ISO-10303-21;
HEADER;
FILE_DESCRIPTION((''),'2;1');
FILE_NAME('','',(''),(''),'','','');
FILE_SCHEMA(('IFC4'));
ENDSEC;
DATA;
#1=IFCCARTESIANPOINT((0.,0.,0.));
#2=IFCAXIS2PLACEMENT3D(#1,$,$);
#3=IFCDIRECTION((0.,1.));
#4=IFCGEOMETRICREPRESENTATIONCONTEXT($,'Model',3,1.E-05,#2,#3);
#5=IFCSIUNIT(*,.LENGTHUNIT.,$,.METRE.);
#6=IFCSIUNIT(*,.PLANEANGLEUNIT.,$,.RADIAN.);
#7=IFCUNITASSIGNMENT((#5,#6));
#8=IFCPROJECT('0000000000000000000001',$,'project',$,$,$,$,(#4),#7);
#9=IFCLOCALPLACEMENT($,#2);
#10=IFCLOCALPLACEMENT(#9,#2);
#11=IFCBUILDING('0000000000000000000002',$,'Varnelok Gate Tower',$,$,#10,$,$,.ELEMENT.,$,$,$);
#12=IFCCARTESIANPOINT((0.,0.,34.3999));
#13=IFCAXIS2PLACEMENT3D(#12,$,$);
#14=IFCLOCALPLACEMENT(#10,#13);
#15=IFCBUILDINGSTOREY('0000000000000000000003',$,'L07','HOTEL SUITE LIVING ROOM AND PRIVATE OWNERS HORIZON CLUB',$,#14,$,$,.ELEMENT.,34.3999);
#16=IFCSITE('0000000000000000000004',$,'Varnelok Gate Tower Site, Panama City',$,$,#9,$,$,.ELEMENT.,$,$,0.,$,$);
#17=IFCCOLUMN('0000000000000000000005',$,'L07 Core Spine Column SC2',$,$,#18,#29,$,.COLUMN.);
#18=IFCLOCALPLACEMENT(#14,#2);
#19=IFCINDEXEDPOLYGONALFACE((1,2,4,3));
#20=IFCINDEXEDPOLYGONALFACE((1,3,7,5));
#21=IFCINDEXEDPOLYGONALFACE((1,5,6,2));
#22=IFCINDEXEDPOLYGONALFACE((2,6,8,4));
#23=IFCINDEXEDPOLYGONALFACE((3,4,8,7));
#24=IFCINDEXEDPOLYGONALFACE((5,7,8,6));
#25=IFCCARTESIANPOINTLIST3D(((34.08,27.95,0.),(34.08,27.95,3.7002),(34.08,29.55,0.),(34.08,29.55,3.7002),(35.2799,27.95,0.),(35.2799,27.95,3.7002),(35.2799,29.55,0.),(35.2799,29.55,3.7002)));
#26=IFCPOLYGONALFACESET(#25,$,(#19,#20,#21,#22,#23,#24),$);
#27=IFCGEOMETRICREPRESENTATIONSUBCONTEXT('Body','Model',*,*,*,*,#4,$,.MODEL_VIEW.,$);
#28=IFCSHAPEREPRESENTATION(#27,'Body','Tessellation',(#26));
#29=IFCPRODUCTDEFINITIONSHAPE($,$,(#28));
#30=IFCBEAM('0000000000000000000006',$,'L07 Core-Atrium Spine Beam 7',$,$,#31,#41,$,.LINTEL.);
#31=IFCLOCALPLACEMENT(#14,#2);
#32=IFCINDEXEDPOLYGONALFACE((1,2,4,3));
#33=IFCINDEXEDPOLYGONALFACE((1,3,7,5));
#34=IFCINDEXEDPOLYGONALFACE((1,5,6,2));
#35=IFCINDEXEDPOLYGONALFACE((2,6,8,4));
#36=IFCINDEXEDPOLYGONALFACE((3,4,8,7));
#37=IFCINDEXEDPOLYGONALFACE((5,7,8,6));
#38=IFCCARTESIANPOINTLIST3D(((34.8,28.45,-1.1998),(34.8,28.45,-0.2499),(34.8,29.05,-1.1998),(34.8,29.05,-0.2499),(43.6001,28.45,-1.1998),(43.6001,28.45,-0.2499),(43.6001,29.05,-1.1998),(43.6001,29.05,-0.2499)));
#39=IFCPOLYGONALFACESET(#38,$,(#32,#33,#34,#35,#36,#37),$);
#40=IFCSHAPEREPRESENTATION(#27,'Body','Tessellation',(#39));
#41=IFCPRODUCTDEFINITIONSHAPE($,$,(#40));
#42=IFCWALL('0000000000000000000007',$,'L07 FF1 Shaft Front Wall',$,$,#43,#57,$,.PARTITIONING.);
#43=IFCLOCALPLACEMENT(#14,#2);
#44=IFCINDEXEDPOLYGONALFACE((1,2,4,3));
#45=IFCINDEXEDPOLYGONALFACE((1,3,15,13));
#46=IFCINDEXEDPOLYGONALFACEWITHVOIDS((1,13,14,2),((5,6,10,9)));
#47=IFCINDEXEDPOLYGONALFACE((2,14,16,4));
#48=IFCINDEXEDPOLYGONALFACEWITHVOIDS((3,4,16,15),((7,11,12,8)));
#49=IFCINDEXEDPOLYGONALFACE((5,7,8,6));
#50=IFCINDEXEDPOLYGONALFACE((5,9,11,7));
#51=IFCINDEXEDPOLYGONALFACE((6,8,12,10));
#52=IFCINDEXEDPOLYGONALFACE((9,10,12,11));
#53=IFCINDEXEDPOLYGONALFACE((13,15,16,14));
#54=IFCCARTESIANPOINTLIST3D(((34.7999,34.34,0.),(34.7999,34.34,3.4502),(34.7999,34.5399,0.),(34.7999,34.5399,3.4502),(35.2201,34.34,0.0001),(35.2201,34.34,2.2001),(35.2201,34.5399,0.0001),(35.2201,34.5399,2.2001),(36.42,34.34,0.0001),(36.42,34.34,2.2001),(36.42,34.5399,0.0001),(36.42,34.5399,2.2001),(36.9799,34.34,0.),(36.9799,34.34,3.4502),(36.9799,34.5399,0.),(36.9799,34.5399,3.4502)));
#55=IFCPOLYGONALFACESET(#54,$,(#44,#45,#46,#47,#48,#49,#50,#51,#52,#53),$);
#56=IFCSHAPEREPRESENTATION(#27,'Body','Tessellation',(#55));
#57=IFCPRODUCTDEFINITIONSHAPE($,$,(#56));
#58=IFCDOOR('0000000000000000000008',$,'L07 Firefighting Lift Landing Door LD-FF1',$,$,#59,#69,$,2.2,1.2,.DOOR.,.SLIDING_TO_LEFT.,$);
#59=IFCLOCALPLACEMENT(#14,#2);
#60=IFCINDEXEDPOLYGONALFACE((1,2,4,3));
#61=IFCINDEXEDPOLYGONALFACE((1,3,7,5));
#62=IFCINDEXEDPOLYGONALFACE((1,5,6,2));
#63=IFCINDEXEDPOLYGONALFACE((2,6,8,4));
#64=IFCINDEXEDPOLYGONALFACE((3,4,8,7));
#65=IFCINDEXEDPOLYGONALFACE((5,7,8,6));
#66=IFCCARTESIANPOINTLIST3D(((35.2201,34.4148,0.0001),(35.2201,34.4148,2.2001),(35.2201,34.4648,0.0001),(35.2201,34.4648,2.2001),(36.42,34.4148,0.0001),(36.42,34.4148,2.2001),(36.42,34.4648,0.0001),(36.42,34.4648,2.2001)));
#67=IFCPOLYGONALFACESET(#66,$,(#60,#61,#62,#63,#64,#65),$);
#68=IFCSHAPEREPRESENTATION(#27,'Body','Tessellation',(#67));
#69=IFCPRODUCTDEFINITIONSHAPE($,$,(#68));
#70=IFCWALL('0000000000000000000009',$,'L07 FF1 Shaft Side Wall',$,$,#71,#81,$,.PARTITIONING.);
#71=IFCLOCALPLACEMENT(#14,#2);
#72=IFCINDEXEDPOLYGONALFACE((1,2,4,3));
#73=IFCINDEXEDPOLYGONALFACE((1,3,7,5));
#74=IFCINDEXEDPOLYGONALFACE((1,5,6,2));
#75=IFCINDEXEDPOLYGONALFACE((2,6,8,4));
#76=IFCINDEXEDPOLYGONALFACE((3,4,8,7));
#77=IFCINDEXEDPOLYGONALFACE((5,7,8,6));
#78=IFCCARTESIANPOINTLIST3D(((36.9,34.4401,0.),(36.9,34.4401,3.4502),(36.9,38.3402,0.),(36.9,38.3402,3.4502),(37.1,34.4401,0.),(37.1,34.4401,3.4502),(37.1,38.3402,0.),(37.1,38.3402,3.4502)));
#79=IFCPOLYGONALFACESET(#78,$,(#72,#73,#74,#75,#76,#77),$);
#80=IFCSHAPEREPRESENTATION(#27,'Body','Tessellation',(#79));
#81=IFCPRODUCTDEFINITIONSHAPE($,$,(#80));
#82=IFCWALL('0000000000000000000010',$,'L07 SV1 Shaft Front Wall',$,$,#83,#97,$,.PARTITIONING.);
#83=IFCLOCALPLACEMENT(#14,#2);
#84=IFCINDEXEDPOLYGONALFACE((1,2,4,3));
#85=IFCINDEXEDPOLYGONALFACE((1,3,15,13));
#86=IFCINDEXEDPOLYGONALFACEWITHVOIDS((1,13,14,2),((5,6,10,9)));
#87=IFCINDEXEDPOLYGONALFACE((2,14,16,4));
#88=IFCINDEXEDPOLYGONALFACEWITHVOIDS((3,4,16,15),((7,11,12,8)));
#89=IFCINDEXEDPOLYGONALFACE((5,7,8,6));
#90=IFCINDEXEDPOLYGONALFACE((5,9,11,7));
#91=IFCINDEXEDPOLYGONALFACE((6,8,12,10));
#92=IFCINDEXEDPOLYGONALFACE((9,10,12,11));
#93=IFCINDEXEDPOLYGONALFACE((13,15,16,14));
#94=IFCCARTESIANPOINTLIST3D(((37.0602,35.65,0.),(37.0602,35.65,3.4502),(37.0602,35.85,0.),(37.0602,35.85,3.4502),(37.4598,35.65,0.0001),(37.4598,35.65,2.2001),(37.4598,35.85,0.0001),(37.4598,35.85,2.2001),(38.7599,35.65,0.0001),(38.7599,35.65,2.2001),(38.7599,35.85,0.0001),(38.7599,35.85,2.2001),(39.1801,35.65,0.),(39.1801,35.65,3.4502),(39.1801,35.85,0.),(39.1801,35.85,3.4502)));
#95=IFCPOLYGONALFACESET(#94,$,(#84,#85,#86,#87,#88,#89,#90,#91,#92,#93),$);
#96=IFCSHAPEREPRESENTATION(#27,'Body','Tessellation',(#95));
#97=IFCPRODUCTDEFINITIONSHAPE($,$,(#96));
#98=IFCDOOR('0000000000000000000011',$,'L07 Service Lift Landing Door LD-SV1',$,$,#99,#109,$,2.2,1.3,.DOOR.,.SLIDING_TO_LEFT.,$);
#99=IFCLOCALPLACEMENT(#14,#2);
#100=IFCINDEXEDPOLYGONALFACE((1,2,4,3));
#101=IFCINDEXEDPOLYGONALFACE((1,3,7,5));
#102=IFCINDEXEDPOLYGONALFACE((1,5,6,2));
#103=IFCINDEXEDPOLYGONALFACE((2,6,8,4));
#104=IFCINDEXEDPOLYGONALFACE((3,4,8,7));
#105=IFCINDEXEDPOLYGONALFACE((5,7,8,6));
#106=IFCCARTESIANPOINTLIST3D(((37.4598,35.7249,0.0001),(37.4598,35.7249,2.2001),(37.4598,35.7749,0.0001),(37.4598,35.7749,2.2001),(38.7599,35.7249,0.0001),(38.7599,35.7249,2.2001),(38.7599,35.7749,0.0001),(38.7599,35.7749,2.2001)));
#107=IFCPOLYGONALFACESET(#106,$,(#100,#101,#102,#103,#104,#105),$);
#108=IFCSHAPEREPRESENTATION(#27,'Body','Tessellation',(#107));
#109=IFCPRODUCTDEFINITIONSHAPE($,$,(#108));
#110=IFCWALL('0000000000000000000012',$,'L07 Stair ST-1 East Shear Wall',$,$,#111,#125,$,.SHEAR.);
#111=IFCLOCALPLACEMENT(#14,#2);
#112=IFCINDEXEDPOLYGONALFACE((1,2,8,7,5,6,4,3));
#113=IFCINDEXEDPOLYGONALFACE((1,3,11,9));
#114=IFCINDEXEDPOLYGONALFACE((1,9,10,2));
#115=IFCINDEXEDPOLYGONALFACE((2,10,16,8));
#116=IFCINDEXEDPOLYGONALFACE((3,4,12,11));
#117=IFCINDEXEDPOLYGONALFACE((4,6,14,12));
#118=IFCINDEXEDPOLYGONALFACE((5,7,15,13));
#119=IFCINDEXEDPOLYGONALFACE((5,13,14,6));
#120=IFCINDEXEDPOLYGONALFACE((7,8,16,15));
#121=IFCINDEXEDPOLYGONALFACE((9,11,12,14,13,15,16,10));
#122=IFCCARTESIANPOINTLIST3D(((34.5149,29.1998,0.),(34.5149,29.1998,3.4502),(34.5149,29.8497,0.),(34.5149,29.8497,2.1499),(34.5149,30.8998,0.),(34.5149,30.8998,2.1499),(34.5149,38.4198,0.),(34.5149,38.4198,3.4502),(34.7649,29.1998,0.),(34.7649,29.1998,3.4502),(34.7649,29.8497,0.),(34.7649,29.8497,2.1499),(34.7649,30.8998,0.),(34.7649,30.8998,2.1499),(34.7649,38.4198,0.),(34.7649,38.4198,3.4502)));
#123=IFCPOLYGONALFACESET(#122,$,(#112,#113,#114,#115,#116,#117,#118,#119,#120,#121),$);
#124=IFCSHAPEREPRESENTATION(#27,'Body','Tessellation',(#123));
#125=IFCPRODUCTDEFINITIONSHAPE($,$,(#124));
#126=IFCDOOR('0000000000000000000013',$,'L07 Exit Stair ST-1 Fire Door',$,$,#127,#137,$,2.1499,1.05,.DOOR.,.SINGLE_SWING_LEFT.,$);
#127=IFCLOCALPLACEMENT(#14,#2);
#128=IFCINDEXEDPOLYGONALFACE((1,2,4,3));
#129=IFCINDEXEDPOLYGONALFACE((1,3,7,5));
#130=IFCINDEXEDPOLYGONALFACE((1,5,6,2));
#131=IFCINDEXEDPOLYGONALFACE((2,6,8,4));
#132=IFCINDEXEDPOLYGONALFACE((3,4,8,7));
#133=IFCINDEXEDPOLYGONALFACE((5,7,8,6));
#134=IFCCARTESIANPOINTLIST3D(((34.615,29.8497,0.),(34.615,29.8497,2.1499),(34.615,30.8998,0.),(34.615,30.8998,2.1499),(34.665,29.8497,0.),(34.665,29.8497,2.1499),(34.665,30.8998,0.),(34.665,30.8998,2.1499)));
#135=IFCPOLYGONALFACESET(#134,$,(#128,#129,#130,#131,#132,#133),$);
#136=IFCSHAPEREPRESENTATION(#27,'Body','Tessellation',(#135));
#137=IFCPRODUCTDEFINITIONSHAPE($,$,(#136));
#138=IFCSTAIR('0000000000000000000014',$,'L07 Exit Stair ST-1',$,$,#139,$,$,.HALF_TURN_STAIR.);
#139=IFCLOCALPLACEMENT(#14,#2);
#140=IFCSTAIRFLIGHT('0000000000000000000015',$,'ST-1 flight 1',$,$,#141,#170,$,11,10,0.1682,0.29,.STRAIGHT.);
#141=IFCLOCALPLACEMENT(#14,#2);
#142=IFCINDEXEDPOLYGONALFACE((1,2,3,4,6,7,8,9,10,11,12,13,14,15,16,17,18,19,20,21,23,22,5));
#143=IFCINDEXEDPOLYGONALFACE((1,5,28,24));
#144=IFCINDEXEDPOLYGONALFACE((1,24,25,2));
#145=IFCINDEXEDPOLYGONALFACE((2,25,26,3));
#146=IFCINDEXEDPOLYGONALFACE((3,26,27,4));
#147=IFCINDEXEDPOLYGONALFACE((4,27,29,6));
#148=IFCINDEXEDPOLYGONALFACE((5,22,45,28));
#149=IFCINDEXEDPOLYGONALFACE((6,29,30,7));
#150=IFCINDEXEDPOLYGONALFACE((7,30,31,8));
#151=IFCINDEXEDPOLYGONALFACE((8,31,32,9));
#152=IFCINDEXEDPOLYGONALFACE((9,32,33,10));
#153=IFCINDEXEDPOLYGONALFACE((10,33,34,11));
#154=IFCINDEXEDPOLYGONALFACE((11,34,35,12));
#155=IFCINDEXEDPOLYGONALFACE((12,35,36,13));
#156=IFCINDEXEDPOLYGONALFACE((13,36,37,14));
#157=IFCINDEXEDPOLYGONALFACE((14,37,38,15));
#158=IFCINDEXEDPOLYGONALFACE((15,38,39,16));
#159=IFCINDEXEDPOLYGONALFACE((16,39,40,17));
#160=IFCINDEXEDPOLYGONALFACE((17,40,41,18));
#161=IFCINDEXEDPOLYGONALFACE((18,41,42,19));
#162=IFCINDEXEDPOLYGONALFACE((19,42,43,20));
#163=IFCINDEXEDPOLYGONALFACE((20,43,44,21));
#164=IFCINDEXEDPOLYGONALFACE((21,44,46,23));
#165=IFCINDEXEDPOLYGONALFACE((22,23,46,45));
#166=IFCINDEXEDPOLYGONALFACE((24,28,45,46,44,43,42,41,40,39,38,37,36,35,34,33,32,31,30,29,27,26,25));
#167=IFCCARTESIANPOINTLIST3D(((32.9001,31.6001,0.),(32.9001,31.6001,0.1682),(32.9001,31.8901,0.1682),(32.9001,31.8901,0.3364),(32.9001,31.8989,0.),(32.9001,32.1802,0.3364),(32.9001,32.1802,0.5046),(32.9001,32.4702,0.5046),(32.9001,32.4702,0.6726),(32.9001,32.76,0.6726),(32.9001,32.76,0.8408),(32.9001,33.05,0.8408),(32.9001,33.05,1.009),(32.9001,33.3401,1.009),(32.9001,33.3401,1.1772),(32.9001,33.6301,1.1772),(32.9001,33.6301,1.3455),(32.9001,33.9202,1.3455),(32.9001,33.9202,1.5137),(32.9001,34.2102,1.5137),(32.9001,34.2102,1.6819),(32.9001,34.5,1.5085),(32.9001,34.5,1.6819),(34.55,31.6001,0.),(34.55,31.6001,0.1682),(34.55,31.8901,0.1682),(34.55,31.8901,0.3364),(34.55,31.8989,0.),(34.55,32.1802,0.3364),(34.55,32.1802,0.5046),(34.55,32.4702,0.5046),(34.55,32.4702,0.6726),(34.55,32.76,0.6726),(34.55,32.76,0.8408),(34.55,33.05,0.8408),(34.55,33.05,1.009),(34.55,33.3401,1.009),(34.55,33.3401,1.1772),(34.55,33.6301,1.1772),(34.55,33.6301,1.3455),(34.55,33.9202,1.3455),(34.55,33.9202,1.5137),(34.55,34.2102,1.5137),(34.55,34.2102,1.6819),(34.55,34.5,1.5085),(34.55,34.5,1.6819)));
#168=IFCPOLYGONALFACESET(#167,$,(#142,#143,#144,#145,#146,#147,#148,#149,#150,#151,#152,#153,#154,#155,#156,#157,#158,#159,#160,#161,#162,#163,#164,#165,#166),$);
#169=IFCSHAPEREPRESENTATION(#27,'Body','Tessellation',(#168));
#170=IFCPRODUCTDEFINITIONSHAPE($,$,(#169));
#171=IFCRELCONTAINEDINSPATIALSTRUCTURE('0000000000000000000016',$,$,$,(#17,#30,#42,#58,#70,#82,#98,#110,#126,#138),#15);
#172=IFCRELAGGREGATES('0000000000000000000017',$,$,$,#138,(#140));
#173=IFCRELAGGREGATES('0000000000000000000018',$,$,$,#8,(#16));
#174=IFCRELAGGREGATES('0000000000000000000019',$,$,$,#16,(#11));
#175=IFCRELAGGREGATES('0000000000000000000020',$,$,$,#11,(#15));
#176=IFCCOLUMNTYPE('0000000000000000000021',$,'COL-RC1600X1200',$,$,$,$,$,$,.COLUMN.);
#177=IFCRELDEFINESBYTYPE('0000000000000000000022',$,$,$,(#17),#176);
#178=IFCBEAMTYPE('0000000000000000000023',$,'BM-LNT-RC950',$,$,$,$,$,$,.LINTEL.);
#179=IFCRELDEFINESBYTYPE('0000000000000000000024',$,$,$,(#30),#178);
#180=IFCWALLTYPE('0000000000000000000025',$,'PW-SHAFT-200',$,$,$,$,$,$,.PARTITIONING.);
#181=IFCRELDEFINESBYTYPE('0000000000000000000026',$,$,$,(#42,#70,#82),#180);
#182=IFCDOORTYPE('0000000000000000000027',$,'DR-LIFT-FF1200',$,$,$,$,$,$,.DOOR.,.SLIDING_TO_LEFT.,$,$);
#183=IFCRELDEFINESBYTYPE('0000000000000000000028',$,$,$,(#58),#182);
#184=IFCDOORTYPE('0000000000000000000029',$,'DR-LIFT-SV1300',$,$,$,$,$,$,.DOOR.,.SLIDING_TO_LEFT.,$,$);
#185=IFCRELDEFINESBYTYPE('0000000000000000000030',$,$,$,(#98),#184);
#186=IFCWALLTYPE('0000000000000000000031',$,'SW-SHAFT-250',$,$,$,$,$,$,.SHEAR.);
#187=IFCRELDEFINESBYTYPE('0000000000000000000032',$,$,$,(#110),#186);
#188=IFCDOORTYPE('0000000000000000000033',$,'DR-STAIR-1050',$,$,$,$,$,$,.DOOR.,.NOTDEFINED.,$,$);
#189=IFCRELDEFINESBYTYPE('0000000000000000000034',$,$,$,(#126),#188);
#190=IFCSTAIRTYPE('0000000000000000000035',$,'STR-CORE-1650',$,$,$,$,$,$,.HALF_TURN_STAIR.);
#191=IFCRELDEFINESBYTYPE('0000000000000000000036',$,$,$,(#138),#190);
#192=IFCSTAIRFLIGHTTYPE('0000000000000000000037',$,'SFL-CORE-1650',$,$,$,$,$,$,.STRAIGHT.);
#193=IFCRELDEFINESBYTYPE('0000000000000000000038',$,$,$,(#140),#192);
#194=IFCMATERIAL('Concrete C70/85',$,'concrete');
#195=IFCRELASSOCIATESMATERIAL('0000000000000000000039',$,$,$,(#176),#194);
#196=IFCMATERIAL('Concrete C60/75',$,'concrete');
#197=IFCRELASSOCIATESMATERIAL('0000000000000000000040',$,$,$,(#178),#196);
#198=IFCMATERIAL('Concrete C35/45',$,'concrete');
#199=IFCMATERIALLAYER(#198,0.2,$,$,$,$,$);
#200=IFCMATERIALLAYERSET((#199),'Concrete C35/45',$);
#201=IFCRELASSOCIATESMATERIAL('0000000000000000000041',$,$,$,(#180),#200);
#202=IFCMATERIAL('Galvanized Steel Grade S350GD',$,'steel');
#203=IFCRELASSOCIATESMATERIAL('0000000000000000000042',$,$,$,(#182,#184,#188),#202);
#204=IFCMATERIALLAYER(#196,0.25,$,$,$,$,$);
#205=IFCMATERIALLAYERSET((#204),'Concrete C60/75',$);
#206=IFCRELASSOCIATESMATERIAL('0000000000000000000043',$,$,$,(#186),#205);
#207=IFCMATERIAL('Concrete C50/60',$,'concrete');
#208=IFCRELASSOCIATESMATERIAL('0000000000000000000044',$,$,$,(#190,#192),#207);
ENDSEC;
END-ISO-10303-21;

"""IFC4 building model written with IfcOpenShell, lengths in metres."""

from ifc_helpers import new_model, si_unit, direction, frame, frame_2d, origin, origin_2d, place, context, subcontext, project, spatial, polyline, rectangle, outline, extrude, material, layer, layer_set, material_profile, profile_set, type_object, element, fill, aggregate, save


model = new_model("IFC4")

# Units and contexts
model_context = context("Model", 3, precision=1e-05, world=origin(), true_north=direction((0.0, 1.0)))
body_context = subcontext(model_context, "Body", "Model", "MODEL_VIEW")
ifc_project = project(units=[si_unit("LENGTHUNIT", "METRE"), si_unit("PLANEANGLEUNIT", "RADIAN")], contexts=[model_context])

# Site, building, storey
site_placement = place(None, origin())
site = spatial("IfcSite", under=ifc_project, at=site_placement, Name="Varnelok Gate Tower Site, Panama City", CompositionType="ELEMENT", RefElevation=0.0)
building_placement = place(site_placement, origin())
building = spatial("IfcBuilding", under=site, at=building_placement, Name="Varnelok Gate Tower", CompositionType="ELEMENT")
storey_placement = place(building_placement, frame((0.0, 0.0, 34.3999)))
storey = spatial("IfcBuildingStorey", under=building, at=storey_placement, Name="L07", Description="HOTEL SUITE LIVING ROOM AND PRIVATE OWNERS HORIZON CLUB", CompositionType="ELEMENT", Elevation=34.3999)

# Column
ifc_material_1 = material(Name="Concrete C70/85", Category="concrete")
ifc_material_profile_1 = material_profile(ifc_material_1, rectangle(XDim=1.2, YDim=1.6001, at=origin_2d()), Name="RC1600X1200")
ifc_profile_set_1 = profile_set([ifc_material_profile_1], Name="Concrete C70/85")
column_type = type_object("IfcColumnType", Name="COL-RC1600X1200", PredefinedType="COLUMN", material=ifc_profile_set_1)
column_placement = place(storey_placement, frame((34.6799, 28.75, 0.0), z_axis=(0.0, 0.0, 1.0), x_axis=(1.0, 0.0, 0.0)))
element("IfcColumn", 1, at=column_placement, inside=storey, type_object=column_type, Name="L07 Core Spine Column SC2", PredefinedType="COLUMN", context=body_context, shape_type="SweptSolid", body=[
    extrude(rectangle(XDim=1.2, YDim=1.6001, at=origin_2d()), origin(), (0.0, 0.0, 1.0), 3.7002),
])

# Beam
ifc_material_2 = material(Name="Concrete C60/75", Category="concrete")
ifc_material_profile_2 = material_profile(ifc_material_2, rectangle(XDim=0.6001, YDim=0.95, at=origin_2d()), Name="RC950X600")
ifc_profile_set_2 = profile_set([ifc_material_profile_2], Name="Concrete C60/75")
beam_type = type_object("IfcBeamType", Name="BM-LNT-RC950", PredefinedType="LINTEL", material=ifc_profile_set_2)
beam_placement = place(storey_placement, frame((34.8, 28.75, -0.7249), z_axis=(1.0, 0.0, 0.0), x_axis=(0.0, 1.0, 0.0)))
element("IfcBeam", 2, at=beam_placement, inside=storey, type_object=beam_type, Name="L07 Core-Atrium Spine Beam 7", PredefinedType="LINTEL", context=body_context, shape_type="SweptSolid", body=[
    extrude(rectangle(XDim=0.6001, YDim=0.95, at=origin_2d()), origin(), (0.0, 0.0, 1.0), 8.8),
])

# Wall, opening, door
ifc_material_3 = material(Name="Concrete C35/45", Category="concrete")
ifc_layer_1 = layer(ifc_material_3, 0.2)
ifc_layer_set_1 = layer_set([ifc_layer_1], Name="Concrete C35/45")
wall_type_1 = type_object("IfcWallType", Name="PW-SHAFT-200", PredefinedType="PARTITIONING", material=ifc_layer_set_1)
wall_1_placement = place(storey_placement, frame((34.8, 34.4399, 0.0), z_axis=(0.0, 0.0, 1.0), x_axis=(1.0, 0.0, 0.0)))
wall_1 = element("IfcWall", 3, at=wall_1_placement, inside=storey, type_object=wall_type_1, Name="L07 FF1 Shaft Front Wall", PredefinedType="PARTITIONING", context=body_context, shape_type="SweptSolid", body=[
    extrude(rectangle(XDim=2.1799, YDim=0.2, at=frame_2d((1.0898, 0.0))), origin(), (0.0, 0.0, 1.0), 3.4502),
])
opening_1_placement = place(wall_1_placement, frame((0.4199, 0.0, 0.0)))
opening_1 = element("IfcOpeningElement", 4, at=opening_1_placement, cuts=wall_1, PredefinedType="OPENING", context=body_context, shape_type="SweptSolid", body=[
    extrude(rectangle(XDim=1.2, YDim=2.2, at=frame_2d((0.6001, 1.1001))), frame((0.0, 0.1099, 0.0), z_axis=(0.0, -1.0, 0.0), x_axis=(1.0, 0.0, 0.0)), (0.0, 0.0, 1.0), 0.22),
])
ifc_material_4 = material(Name="Galvanized Steel Grade S350GD", Category="steel")
door_type_1 = type_object("IfcDoorType", Name="DR-LIFT-FF1200", OperationType="SLIDING_TO_LEFT", PredefinedType="DOOR", material=ifc_material_4)
door_1_placement = place(opening_1_placement, origin())
door_1 = element("IfcDoor", 5, at=door_1_placement, inside=storey, type_object=door_type_1, Name="L07 Firefighting Lift Landing Door LD-FF1", OperationType="SLIDING_TO_LEFT", OverallHeight=2.2, OverallWidth=1.2, PredefinedType="DOOR", context=body_context, shape_type="SweptSolid", body=[
    extrude(rectangle(XDim=1.2, YDim=2.2, at=frame_2d((0.6001, 1.1001))), frame((0.0, 0.0249, 0.0), z_axis=(0.0, -1.0, 0.0), x_axis=(1.0, 0.0, 0.0)), (0.0, 0.0, 1.0), 0.05),
])
fill(opening_1, door_1)

# Wall
wall_2_placement = place(storey_placement, frame((37.0, 34.4399, 0.0), z_axis=(0.0, 0.0, 1.0), x_axis=(0.0, 1.0, 0.0)))
element("IfcWall", 6, at=wall_2_placement, inside=storey, type_object=wall_type_1, Name="L07 FF1 Shaft Side Wall", PredefinedType="PARTITIONING", context=body_context, shape_type="SweptSolid", body=[
    extrude(rectangle(XDim=3.9001, YDim=0.2, at=frame_2d((1.9502, 0.0))), origin(), (0.0, 0.0, 1.0), 3.4502),
])

# Walls, openings, doors
wall_3_placement = place(storey_placement, frame((37.0601, 35.75, 0.0), z_axis=(0.0, 0.0, 1.0), x_axis=(1.0, 0.0, 0.0)))
wall_3 = element("IfcWall", 7, at=wall_3_placement, inside=storey, type_object=wall_type_1, Name="L07 SV1 Shaft Front Wall", PredefinedType="PARTITIONING", context=body_context, shape_type="SweptSolid", body=[
    extrude(rectangle(XDim=2.1199, YDim=0.2, at=frame_2d((1.0601, 0.0))), origin(), (0.0, 0.0, 1.0), 3.4502),
])
opening_2_placement = place(wall_3_placement, frame((0.3999, 0.0, 0.0)))
opening_2 = element("IfcOpeningElement", 8, at=opening_2_placement, cuts=wall_3, PredefinedType="OPENING", context=body_context, shape_type="SweptSolid", body=[
    extrude(rectangle(XDim=1.3, YDim=2.2, at=frame_2d((0.6499, 1.1001))), frame((0.0, 0.1099, 0.0), z_axis=(0.0, -1.0, 0.0), x_axis=(1.0, 0.0, 0.0)), (0.0, 0.0, 1.0), 0.22),
])
door_type_2 = type_object("IfcDoorType", Name="DR-LIFT-SV1300", OperationType="SLIDING_TO_LEFT", PredefinedType="DOOR", material=ifc_material_4)
door_2_placement = place(opening_2_placement, origin())
door_2 = element("IfcDoor", 9, at=door_2_placement, inside=storey, type_object=door_type_2, Name="L07 Service Lift Landing Door LD-SV1", OperationType="SLIDING_TO_LEFT", OverallHeight=2.2, OverallWidth=1.3, PredefinedType="DOOR", context=body_context, shape_type="SweptSolid", body=[
    extrude(rectangle(XDim=1.3, YDim=2.2, at=frame_2d((0.6499, 1.1001))), frame((0.0, 0.0249, 0.0), z_axis=(0.0, -1.0, 0.0), x_axis=(1.0, 0.0, 0.0)), (0.0, 0.0, 1.0), 0.05),
])
fill(opening_2, door_2)
ifc_layer_2 = layer(ifc_material_2, 0.25)
ifc_layer_set_2 = layer_set([ifc_layer_2], Name="Concrete C60/75")
wall_type_2 = type_object("IfcWallType", Name="SW-SHAFT-250", PredefinedType="SHEAR", material=ifc_layer_set_2)
wall_4_placement = place(storey_placement, frame((34.6399, 29.2, 0.0), z_axis=(0.0, 0.0, 1.0), x_axis=(0.0, 1.0, 0.0)))
wall_4 = element("IfcWall", 10, at=wall_4_placement, inside=storey, type_object=wall_type_2, Name="L07 Stair ST-1 East Shear Wall", PredefinedType="SHEAR", context=body_context, shape_type="SweptSolid", body=[
    extrude(rectangle(XDim=9.22, YDim=0.25, at=frame_2d((4.6099, 0.0))), origin(), (0.0, 0.0, 1.0), 3.4502),
])
opening_3_placement = place(wall_4_placement, frame((0.6499, 0.0, 0.0)))
opening_3 = element("IfcOpeningElement", 11, at=opening_3_placement, cuts=wall_4, PredefinedType="OPENING", context=body_context, shape_type="SweptSolid", body=[
    extrude(rectangle(XDim=1.05, YDim=2.1499, at=frame_2d((0.5249, 1.075))), frame((0.0, 0.135, 0.0), z_axis=(0.0, -1.0, 0.0), x_axis=(1.0, 0.0, 0.0)), (0.0, 0.0, 1.0), 0.27),
])
door_type_3 = type_object("IfcDoorType", Name="DR-STAIR-1050", OperationType="NOTDEFINED", PredefinedType="DOOR", material=ifc_material_4)
door_3_placement = place(opening_3_placement, origin())
door_3 = element("IfcDoor", 12, at=door_3_placement, inside=storey, type_object=door_type_3, Name="L07 Exit Stair ST-1 Fire Door", OperationType="SINGLE_SWING_LEFT", OverallHeight=2.1499, OverallWidth=1.05, PredefinedType="DOOR", context=body_context, shape_type="SweptSolid", body=[
    extrude(rectangle(XDim=1.05, YDim=2.1499, at=frame_2d((0.5249, 1.075))), frame((0.0, 0.0249, 0.0), z_axis=(0.0, -1.0, 0.0), x_axis=(1.0, 0.0, 0.0)), (0.0, 0.0, 1.0), 0.05),
])
fill(opening_3, door_3)

# Stair, stair flight
ifc_material_5 = material(Name="Concrete C50/60", Category="concrete")
stair_type = type_object("IfcStairType", Name="STR-CORE-1650", PredefinedType="HALF_TURN_STAIR", material=ifc_material_5)
stair_placement = place(storey_placement, origin())
stair = element("IfcStair", 13, at=stair_placement, inside=storey, type_object=stair_type, Name="L07 Exit Stair ST-1", PredefinedType="HALF_TURN_STAIR")
stair_flight_type = type_object("IfcStairFlightType", Name="SFL-CORE-1650", PredefinedType="STRAIGHT", material=ifc_material_5)
stair_flight_placement = place(storey_placement, frame((33.7251, 31.6001, 0.0), z_axis=(0.0, 0.0, 1.0), x_axis=(0.0, 1.0, 0.0)))
stair_flight = element("IfcStairFlight", 14, at=stair_flight_placement, type_object=stair_flight_type, Name="ST-1 flight 1", NumberOfRisers=11, NumberOfTreads=10, PredefinedType="STRAIGHT", RiserHeight=0.1682, TreadLength=0.29, context=body_context, shape_type="SweptSolid", body=[
    extrude(outline(polyline([(0.0, 0.0), (0.0, 0.1682), (0.29, 0.1682), (0.29, 0.3364), (0.5801, 0.3364), (0.5801, 0.5046), (0.8701, 0.5046), (0.8701, 0.6726), (1.1599, 0.6726), (1.1599, 0.8408), (1.45, 0.8408), (1.45, 1.009), (1.74, 1.009), (1.74, 1.1772), (2.03, 1.1772), (2.03, 1.3455), (2.3201, 1.3455), (2.3201, 1.5137), (2.6101, 1.5137), (2.6101, 1.6819), (2.8999, 1.6819), (2.8999, 1.8501), (2.8999, 1.5085), (0.2988, 0.0), (0.0, 0.0)])), frame((0.0, 0.825, 0.0), z_axis=(0.0, -1.0, 0.0), x_axis=(1.0, 0.0, 0.0)), (0.0, 0.0, 1.0), 1.6499),
])
aggregate(stair, [stair_flight])

save(model, "model.ifc")
